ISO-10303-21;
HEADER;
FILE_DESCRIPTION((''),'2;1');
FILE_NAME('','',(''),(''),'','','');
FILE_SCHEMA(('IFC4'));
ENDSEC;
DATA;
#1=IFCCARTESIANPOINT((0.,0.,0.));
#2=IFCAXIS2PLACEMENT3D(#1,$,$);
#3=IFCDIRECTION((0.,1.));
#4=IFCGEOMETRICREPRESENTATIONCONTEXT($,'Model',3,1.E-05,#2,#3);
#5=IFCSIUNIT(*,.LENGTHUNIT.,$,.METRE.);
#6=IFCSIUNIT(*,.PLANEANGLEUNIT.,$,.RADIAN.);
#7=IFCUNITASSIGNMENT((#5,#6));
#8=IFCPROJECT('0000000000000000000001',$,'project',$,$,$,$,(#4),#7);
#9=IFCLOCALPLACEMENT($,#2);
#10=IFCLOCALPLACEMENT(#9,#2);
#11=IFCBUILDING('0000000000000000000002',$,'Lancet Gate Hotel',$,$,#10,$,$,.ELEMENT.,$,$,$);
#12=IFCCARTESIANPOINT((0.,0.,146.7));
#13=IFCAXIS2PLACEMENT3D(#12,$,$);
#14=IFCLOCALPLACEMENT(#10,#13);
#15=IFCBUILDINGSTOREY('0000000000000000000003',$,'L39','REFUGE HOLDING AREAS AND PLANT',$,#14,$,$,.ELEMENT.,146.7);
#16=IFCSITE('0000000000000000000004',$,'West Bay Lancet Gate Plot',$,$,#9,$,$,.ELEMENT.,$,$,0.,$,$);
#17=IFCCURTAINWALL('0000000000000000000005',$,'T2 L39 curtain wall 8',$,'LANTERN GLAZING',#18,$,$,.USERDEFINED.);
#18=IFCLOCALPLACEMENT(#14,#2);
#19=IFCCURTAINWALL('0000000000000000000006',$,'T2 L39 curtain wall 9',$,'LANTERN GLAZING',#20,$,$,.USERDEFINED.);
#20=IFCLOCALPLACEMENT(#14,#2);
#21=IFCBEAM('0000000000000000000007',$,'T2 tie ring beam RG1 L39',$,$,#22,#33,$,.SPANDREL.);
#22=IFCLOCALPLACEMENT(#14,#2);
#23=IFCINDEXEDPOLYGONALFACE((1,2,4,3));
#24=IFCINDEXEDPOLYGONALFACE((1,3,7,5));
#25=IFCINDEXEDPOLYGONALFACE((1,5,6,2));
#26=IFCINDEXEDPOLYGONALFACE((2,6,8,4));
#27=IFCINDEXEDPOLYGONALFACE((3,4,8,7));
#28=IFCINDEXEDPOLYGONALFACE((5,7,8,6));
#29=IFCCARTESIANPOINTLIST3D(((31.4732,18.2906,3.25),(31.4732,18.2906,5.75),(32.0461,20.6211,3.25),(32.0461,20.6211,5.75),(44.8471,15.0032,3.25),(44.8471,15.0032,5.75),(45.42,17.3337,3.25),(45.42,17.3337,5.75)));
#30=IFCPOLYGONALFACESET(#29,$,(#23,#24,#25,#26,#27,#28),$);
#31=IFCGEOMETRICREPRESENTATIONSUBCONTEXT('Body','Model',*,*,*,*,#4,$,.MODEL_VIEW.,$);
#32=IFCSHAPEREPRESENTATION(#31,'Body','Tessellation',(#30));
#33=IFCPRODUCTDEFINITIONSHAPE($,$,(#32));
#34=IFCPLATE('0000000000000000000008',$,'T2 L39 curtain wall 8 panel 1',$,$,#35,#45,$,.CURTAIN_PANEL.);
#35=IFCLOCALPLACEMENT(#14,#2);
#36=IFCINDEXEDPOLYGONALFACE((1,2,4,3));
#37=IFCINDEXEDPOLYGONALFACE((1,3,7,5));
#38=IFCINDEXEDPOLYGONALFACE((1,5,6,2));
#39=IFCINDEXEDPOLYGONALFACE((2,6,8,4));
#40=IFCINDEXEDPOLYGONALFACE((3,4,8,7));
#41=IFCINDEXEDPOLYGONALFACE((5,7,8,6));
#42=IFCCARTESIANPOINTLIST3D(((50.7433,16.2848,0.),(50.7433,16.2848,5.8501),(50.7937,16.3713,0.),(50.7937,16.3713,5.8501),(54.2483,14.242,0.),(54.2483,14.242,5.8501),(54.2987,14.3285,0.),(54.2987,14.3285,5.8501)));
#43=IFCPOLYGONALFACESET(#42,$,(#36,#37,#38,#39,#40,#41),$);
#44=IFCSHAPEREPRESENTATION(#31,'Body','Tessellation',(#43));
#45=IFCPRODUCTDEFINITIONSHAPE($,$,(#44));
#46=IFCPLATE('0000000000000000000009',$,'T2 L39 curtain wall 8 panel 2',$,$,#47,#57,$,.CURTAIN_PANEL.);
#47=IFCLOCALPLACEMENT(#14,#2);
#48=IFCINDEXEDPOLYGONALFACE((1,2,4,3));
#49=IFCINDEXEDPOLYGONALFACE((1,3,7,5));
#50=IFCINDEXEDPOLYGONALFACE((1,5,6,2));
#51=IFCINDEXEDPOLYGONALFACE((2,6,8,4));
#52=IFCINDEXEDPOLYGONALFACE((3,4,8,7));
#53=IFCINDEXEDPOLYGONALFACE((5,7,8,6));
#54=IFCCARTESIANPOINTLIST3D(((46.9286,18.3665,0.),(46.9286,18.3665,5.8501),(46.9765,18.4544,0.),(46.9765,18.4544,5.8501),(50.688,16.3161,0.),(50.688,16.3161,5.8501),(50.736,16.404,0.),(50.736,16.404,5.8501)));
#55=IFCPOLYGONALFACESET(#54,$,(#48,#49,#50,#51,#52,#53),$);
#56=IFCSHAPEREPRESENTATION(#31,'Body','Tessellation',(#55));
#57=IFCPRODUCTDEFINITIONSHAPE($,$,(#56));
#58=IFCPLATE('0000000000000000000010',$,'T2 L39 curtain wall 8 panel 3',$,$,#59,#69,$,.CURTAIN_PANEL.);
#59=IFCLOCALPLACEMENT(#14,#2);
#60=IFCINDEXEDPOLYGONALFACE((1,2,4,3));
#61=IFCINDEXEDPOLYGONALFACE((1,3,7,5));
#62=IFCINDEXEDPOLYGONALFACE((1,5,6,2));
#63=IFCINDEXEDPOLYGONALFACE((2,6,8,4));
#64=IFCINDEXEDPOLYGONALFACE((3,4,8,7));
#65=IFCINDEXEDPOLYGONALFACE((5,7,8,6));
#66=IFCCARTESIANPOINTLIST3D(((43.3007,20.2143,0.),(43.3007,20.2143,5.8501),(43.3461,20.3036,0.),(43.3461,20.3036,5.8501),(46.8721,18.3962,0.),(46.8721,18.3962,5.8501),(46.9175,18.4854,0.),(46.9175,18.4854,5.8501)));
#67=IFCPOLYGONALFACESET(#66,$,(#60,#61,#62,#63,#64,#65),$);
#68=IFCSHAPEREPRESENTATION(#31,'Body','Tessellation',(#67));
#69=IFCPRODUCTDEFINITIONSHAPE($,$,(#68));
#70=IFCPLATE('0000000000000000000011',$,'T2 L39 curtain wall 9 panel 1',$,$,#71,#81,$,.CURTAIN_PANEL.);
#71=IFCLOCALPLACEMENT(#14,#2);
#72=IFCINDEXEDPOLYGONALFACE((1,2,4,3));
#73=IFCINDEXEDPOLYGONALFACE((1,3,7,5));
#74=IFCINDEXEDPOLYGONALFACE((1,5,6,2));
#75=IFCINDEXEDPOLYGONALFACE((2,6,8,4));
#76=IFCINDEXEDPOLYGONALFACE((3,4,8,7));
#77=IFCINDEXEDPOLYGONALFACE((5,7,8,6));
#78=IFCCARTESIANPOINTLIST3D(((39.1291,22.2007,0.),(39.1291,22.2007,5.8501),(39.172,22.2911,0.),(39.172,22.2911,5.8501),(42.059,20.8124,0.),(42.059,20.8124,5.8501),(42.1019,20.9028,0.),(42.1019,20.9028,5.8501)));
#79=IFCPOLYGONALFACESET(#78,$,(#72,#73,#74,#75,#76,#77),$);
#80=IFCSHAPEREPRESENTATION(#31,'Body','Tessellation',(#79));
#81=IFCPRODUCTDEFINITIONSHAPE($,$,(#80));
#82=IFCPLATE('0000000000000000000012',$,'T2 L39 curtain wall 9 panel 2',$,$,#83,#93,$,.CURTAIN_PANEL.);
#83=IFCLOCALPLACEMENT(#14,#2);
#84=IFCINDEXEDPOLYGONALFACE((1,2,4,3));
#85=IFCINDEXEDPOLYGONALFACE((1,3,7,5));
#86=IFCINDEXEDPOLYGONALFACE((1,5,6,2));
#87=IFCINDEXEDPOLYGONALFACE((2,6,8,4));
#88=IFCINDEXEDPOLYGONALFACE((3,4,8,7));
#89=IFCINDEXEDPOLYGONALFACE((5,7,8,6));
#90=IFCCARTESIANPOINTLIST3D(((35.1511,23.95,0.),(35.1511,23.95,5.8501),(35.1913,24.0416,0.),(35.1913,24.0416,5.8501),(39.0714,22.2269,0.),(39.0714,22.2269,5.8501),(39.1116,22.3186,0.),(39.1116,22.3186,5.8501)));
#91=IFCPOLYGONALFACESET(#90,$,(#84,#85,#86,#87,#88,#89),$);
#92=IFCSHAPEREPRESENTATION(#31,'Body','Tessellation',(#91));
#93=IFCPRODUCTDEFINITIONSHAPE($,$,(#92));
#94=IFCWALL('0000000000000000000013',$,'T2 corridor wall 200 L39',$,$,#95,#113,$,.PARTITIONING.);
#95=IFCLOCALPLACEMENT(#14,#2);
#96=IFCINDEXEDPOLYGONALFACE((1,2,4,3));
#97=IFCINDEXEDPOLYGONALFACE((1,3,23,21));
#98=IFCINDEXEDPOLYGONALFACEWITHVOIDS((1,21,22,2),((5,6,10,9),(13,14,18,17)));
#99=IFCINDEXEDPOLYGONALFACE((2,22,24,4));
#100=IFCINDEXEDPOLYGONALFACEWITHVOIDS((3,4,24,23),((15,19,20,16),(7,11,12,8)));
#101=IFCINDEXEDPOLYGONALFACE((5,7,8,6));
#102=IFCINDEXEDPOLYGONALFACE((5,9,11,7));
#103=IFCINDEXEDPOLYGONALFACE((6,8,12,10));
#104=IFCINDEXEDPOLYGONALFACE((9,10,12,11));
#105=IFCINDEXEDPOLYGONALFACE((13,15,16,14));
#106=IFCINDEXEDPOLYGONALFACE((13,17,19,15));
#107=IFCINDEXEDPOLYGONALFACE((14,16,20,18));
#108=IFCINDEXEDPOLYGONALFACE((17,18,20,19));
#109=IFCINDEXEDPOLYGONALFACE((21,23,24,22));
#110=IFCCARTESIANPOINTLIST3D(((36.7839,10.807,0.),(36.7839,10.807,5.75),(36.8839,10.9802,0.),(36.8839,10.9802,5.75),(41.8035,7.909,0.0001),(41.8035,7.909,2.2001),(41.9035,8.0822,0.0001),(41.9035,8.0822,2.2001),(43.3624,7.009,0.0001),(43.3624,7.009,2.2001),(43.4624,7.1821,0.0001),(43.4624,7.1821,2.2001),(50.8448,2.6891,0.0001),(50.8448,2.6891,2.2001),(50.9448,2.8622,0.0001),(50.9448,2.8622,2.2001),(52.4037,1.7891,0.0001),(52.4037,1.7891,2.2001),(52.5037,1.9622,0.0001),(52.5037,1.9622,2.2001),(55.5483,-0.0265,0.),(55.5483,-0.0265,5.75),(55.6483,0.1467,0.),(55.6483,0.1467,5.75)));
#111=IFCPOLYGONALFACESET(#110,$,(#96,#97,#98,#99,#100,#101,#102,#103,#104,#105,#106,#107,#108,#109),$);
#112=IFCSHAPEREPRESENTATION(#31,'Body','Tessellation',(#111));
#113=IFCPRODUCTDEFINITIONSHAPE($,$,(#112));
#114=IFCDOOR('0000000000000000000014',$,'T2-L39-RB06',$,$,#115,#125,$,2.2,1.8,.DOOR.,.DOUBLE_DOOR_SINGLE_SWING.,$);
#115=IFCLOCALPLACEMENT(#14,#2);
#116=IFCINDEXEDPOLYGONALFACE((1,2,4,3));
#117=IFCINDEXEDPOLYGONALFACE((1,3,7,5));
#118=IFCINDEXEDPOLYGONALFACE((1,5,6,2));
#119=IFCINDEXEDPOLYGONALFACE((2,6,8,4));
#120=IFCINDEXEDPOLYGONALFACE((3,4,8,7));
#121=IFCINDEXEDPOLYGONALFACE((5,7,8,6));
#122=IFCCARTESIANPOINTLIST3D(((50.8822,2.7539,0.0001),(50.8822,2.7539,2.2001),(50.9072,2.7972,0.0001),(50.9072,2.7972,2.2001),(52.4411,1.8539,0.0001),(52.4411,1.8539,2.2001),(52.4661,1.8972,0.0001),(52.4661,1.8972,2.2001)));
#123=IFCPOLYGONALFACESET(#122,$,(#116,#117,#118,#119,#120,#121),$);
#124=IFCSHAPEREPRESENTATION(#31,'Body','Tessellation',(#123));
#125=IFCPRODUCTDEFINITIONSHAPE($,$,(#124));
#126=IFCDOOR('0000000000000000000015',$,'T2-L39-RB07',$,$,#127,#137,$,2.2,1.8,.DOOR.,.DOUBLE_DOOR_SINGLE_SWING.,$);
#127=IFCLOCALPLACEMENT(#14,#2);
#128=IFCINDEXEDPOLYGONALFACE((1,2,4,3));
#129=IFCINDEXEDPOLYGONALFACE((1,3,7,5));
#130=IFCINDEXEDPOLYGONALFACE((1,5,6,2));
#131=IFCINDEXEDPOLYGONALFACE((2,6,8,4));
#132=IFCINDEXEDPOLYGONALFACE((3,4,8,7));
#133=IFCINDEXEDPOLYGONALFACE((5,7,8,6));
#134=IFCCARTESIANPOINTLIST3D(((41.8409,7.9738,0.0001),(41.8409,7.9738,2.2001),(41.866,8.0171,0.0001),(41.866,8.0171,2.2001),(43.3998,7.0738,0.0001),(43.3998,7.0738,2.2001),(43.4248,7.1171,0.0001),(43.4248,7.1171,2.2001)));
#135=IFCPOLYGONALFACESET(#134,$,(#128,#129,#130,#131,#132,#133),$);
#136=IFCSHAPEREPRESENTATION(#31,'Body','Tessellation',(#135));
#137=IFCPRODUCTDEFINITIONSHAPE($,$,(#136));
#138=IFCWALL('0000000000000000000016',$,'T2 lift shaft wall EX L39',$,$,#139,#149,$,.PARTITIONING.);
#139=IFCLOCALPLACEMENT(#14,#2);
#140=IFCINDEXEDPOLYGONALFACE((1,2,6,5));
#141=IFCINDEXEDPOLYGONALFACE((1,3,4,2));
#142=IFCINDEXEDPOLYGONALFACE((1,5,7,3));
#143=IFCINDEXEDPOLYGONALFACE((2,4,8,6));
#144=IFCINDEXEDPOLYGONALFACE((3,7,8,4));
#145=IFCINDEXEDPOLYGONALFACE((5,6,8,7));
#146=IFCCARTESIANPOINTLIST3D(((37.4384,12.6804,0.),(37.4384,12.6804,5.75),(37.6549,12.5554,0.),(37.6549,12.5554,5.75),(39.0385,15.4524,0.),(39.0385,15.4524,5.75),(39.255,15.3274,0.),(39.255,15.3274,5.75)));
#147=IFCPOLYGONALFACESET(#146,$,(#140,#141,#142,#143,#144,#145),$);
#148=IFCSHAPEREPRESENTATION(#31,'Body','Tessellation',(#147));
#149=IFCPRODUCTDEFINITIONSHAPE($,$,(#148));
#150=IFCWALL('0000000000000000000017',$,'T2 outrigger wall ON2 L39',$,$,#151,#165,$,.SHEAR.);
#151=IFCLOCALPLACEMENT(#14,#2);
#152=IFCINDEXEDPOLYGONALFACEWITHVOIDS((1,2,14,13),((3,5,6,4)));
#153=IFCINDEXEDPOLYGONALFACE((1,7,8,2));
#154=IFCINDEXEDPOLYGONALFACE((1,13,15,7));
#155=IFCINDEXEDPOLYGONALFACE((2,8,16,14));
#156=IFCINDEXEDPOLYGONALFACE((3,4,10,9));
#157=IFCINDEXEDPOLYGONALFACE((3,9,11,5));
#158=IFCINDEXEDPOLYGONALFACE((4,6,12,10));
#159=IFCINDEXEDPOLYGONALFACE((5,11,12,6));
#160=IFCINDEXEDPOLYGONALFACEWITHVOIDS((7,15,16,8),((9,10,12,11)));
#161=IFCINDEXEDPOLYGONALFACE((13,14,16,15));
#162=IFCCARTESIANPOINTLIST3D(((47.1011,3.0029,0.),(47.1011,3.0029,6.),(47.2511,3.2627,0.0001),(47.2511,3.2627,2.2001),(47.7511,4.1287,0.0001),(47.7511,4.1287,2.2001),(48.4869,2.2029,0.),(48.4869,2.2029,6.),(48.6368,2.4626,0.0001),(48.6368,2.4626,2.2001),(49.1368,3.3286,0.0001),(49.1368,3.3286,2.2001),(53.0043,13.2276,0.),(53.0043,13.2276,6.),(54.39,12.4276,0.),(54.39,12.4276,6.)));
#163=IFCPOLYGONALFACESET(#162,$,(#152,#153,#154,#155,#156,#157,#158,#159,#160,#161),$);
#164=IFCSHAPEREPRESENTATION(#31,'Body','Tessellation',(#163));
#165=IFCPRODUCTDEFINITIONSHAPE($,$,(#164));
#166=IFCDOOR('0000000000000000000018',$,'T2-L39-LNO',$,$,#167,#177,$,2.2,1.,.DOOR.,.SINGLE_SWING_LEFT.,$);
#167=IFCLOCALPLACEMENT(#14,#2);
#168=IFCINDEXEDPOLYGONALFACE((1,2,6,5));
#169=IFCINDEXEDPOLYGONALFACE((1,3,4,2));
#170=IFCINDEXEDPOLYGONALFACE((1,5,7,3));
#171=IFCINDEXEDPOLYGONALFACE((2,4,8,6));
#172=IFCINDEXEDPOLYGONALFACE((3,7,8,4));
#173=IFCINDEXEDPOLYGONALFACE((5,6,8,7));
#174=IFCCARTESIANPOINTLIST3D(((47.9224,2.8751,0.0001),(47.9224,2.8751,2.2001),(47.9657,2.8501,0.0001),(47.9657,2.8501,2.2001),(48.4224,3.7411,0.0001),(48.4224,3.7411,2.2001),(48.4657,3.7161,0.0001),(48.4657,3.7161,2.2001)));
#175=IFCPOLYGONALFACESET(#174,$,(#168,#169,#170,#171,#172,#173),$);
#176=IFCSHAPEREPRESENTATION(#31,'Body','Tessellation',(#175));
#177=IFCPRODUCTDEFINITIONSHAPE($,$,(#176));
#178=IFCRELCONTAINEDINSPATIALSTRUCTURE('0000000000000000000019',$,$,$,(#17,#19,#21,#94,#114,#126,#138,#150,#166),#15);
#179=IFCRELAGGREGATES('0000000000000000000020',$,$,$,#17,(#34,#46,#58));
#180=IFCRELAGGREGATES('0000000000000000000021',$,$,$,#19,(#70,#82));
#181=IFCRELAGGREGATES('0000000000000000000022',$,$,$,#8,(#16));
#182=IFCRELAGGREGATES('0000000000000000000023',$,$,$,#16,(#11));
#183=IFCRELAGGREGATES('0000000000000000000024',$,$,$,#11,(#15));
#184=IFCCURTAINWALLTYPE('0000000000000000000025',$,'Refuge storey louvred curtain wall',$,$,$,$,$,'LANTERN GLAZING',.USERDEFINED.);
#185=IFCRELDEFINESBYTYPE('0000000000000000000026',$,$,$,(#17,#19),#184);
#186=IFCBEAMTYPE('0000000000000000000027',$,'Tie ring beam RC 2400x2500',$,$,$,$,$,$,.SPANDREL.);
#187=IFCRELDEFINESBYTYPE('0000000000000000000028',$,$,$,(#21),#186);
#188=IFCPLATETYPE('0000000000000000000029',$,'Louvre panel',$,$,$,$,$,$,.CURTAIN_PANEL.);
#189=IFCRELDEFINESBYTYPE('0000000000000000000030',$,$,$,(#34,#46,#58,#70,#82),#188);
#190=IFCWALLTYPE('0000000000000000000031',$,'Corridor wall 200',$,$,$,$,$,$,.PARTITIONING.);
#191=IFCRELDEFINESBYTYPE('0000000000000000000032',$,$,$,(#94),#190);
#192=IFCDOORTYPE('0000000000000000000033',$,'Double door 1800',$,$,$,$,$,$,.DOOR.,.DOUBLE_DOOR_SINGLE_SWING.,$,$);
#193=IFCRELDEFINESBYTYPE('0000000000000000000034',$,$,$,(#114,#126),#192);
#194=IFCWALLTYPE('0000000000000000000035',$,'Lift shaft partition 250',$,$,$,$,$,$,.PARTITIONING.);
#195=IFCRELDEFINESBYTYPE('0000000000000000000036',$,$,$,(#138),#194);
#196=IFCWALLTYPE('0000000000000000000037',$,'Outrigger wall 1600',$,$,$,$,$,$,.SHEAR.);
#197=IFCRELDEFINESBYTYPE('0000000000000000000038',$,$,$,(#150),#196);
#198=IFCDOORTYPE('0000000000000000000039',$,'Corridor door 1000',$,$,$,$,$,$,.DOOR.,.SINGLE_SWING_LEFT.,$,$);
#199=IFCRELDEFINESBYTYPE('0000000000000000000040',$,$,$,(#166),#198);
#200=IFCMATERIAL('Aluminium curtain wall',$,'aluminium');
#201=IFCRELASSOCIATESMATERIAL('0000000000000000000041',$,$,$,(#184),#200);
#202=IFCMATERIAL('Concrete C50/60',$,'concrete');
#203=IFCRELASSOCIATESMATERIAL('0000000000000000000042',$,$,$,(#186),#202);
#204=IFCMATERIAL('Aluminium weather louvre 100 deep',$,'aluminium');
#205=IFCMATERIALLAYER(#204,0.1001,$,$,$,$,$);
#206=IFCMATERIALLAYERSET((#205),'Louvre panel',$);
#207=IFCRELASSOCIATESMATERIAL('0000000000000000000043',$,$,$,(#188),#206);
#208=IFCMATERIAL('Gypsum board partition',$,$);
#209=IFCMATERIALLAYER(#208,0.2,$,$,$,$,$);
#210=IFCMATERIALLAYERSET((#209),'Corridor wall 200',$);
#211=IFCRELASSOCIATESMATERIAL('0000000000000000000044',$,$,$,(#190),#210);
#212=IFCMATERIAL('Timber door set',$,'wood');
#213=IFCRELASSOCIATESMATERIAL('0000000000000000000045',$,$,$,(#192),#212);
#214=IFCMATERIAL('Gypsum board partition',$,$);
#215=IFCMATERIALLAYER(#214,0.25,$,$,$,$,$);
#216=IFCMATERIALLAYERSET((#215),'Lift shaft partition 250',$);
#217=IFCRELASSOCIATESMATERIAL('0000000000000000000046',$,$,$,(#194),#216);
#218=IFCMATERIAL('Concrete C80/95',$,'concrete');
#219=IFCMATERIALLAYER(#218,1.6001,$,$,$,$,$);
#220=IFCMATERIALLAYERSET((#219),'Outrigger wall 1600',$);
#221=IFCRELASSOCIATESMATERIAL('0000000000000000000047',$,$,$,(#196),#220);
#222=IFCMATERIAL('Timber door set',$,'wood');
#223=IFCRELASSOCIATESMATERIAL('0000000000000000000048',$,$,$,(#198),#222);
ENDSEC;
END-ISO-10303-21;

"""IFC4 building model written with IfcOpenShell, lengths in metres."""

from ifc_helpers import new_model, si_unit, direction, frame, frame_2d, origin, origin_2d, place, context, subcontext, project, spatial, rectangle, extrude, material, layer, layer_set, material_profile, profile_set, type_object, element, fill, aggregate, save


model = new_model("IFC4")

# Units and contexts
model_context = context("Model", 3, precision=1e-05, world=origin(), true_north=direction((0.0, 1.0)))
body_context = subcontext(model_context, "Body", "Model", "MODEL_VIEW")
ifc_project = project(units=[si_unit("LENGTHUNIT", "METRE"), si_unit("PLANEANGLEUNIT", "RADIAN")], contexts=[model_context])

# Site, building, storey
site_placement = place(None, origin())
site = spatial("IfcSite", under=ifc_project, at=site_placement, Name="West Bay Lancet Gate Plot", CompositionType="ELEMENT", RefElevation=0.0)
building_placement = place(site_placement, origin())
building = spatial("IfcBuilding", under=site, at=building_placement, Name="Lancet Gate Hotel", CompositionType="ELEMENT")
storey_placement = place(building_placement, frame((0.0, 0.0, 146.7)))
storey = spatial("IfcBuildingStorey", under=building, at=storey_placement, Name="L39", Description="REFUGE HOLDING AREAS AND PLANT", CompositionType="ELEMENT", Elevation=146.7)

# Curtain walls
ifc_material_1 = material(Name="Aluminium curtain wall", Category="aluminium")
curtain_wall_type = type_object("IfcCurtainWallType", Name="Refuge storey louvred curtain wall", ElementType="LANTERN GLAZING", PredefinedType="USERDEFINED", material=ifc_material_1)
curtain_wall_1_placement = place(storey_placement, origin())
curtain_wall_1 = element("IfcCurtainWall", 1, at=curtain_wall_1_placement, inside=storey, type_object=curtain_wall_type, Name="T2 L39 curtain wall 8", ObjectType="LANTERN GLAZING", PredefinedType="USERDEFINED")
curtain_wall_2_placement = place(storey_placement, origin())
curtain_wall_2 = element("IfcCurtainWall", 2, at=curtain_wall_2_placement, inside=storey, type_object=curtain_wall_type, Name="T2 L39 curtain wall 9", ObjectType="LANTERN GLAZING", PredefinedType="USERDEFINED")

# Beam
ifc_material_2 = material(Name="Concrete C50/60", Category="concrete")
ifc_material_profile_1 = material_profile(ifc_material_2, rectangle(XDim=2.3999, YDim=2.5, at=origin_2d()), Name="RC 2400x2500")
ifc_profile_set_1 = profile_set([ifc_material_profile_1], Name="Concrete C50/60")
beam_type_1 = type_object("IfcBeamType", Name="Tie ring beam RC 2400x2500", PredefinedType="SPANDREL", material=ifc_profile_set_1)
beam_1_placement = place(storey_placement, frame((45.1335, 16.1685, 4.5), z_axis=(-0.971093, 0.2387, 0.0), x_axis=(-0.2387, -0.971093, 0.0)))
element("IfcBeam", 3, at=beam_1_placement, inside=storey, type_object=beam_type_1, Name="T2 tie ring beam RG1 L39", PredefinedType="SPANDREL", context=body_context, shape_type="SweptSolid", body=[
    extrude(rectangle(XDim=2.3999, YDim=2.5, at=origin_2d()), origin(), (0.0, 0.0, 1.0), 13.772),
])

# Plates
ifc_material_3 = material(Name="Aluminium weather louvre 100 deep", Category="aluminium")
ifc_layer_1 = layer(ifc_material_3, 0.1001)
ifc_layer_set_1 = layer_set([ifc_layer_1], Name="Louvre panel")
plate_type = type_object("IfcPlateType", Name="Louvre panel", PredefinedType="CURTAIN_PANEL", material=ifc_layer_set_1)
plate_1_placement = place(storey_placement, frame((52.521, 15.3066, 0.0), z_axis=(0.0, 0.0, 1.0), x_axis=(-0.863966, 0.503551, 0.0)))
plate_1 = element("IfcPlate", 4, at=plate_1_placement, type_object=plate_type, Name="T2 L39 curtain wall 8 panel 1", PredefinedType="CURTAIN_PANEL", context=body_context, shape_type="SweptSolid", body=[
    extrude(rectangle(XDim=4.0569, YDim=0.1001, at=origin_2d()), origin(), (0.0, 0.0, 1.0), 5.8501),
])
plate_2_placement = place(storey_placement, frame((48.8323, 17.3853, 0.0), z_axis=(0.0, 0.0, 1.0), x_axis=(-0.877916, 0.478814, 0.0)))
plate_2 = element("IfcPlate", 5, at=plate_2_placement, type_object=plate_type, Name="T2 L39 curtain wall 8 panel 2", PredefinedType="CURTAIN_PANEL", context=body_context, shape_type="SweptSolid", body=[
    extrude(rectangle(XDim=4.2822, YDim=0.1001, at=origin_2d()), origin(), (0.0, 0.0, 1.0), 5.8501),
])
plate_3_placement = place(storey_placement, frame((45.1091, 19.3499, 0.0), z_axis=(0.0, 0.0, 1.0), x_axis=(-0.891159, 0.45369, 0.0)))
plate_3 = element("IfcPlate", 6, at=plate_3_placement, type_object=plate_type, Name="T2 L39 curtain wall 8 panel 3", PredefinedType="CURTAIN_PANEL", context=body_context, shape_type="SweptSolid", body=[
    extrude(rectangle(XDim=4.0076, YDim=0.1001, at=origin_2d()), origin(), (0.0, 0.0, 1.0), 5.8501),
])
aggregate(curtain_wall_1, [plate_1, plate_2, plate_3])
plate_4_placement = place(storey_placement, frame((40.6155, 21.5518, 0.0), z_axis=(0.0, 0.0, 1.0), x_axis=(-0.903683, 0.428201, 0.0)))
plate_4 = element("IfcPlate", 7, at=plate_4_placement, type_object=plate_type, Name="T2 L39 curtain wall 9 panel 1", PredefinedType="CURTAIN_PANEL", context=body_context, shape_type="SweptSolid", body=[
    extrude(rectangle(XDim=3.2422, YDim=0.1001, at=origin_2d()), origin(), (0.0, 0.0, 1.0), 5.8501),
])
plate_5_placement = place(storey_placement, frame((37.1313, 23.1343, 0.0), z_axis=(0.0, 0.0, 1.0), x_axis=(-0.915479, 0.402367, 0.0)))
plate_5 = element("IfcPlate", 8, at=plate_5_placement, type_object=plate_type, Name="T2 L39 curtain wall 9 panel 2", PredefinedType="CURTAIN_PANEL", context=body_context, shape_type="SweptSolid", body=[
    extrude(rectangle(XDim=4.2822, YDim=0.1001, at=origin_2d()), origin(), (0.0, 0.0, 1.0), 5.8501),
])
aggregate(curtain_wall_2, [plate_4, plate_5])

# Wall, openings, doors
ifc_material_4 = material(Name="Gypsum board partition")
ifc_layer_2 = layer(ifc_material_4, 0.2)
ifc_layer_set_2 = layer_set([ifc_layer_2], Name="Corridor wall 200")
wall_type_1 = type_object("IfcWallType", Name="Corridor wall 200", PredefinedType="PARTITIONING", material=ifc_layer_set_2)
wall_1_placement = place(storey_placement, frame((36.834, 10.8936, 0.0), z_axis=(0.0, 0.0, 1.0), x_axis=(0.866028, -0.499995, 0.0)))
wall_1 = element("IfcWall", 9, at=wall_1_placement, inside=storey, type_object=wall_type_1, Name="T2 corridor wall 200 L39", PredefinedType="PARTITIONING", context=body_context, shape_type="SweptSolid", body=[
    extrude(rectangle(XDim=21.6672, YDim=0.2, at=frame_2d((10.8335, 0.0))), origin(), (0.0, 0.0, 1.0), 5.75),
])
opening_1_placement = place(wall_1_placement, frame((16.2361, 0.0, 0.0)))
opening_1 = element("IfcOpeningElement", 10, at=opening_1_placement, cuts=wall_1, PredefinedType="OPENING", context=body_context, shape_type="SweptSolid", body=[
    extrude(rectangle(XDim=1.8, YDim=2.2, at=frame_2d((0.8999, 1.1001))), frame((0.0, 0.1099, 0.0), z_axis=(0.0, -1.0, 0.0), x_axis=(1.0, 0.0, 0.0)), (0.0, 0.0, 1.0), 0.22),
])
opening_2_placement = place(wall_1_placement, frame((5.7961, 0.0, 0.0)))
opening_2 = element("IfcOpeningElement", 11, at=opening_2_placement, cuts=wall_1, PredefinedType="OPENING", context=body_context, shape_type="SweptSolid", body=[
    extrude(rectangle(XDim=1.8, YDim=2.2, at=frame_2d((0.8999, 1.1001))), frame((0.0, 0.1099, 0.0), z_axis=(0.0, -1.0, 0.0), x_axis=(1.0, 0.0, 0.0)), (0.0, 0.0, 1.0), 0.22),
])
ifc_material_5 = material(Name="Timber door set", Category="wood")
door_type_1 = type_object("IfcDoorType", Name="Double door 1800", OperationType="DOUBLE_DOOR_SINGLE_SWING", PredefinedType="DOOR", material=ifc_material_5)
door_1_placement = place(opening_1_placement, origin())
door_1 = element("IfcDoor", 12, at=door_1_placement, inside=storey, type_object=door_type_1, Name="T2-L39-RB06", OperationType="DOUBLE_DOOR_SINGLE_SWING", OverallHeight=2.2, OverallWidth=1.8, PredefinedType="DOOR", context=body_context, shape_type="SweptSolid", body=[
    extrude(rectangle(XDim=1.8, YDim=2.2, at=frame_2d((0.8999, 1.1001))), frame((0.0, 0.0249, 0.0), z_axis=(0.0, -1.0, 0.0), x_axis=(1.0, 0.0, 0.0)), (0.0, 0.0, 1.0), 0.05),
])
fill(opening_1, door_1)
door_2_placement = place(opening_2_placement, origin())
door_2 = element("IfcDoor", 13, at=door_2_placement, inside=storey, type_object=door_type_1, Name="T2-L39-RB07", OperationType="DOUBLE_DOOR_SINGLE_SWING", OverallHeight=2.2, OverallWidth=1.8, PredefinedType="DOOR", context=body_context, shape_type="SweptSolid", body=[
    extrude(rectangle(XDim=1.8, YDim=2.2, at=frame_2d((0.8999, 1.1001))), frame((0.0, 0.0249, 0.0), z_axis=(0.0, -1.0, 0.0), x_axis=(1.0, 0.0, 0.0)), (0.0, 0.0, 1.0), 0.05),
])
fill(opening_2, door_2)

# Wall
ifc_material_6 = material(Name="Gypsum board partition")
ifc_layer_3 = layer(ifc_material_6, 0.25)
ifc_layer_set_3 = layer_set([ifc_layer_3], Name="Lift shaft partition 250")
wall_type_2 = type_object("IfcWallType", Name="Lift shaft partition 250", PredefinedType="PARTITIONING", material=ifc_layer_set_3)
wall_2_placement = place(storey_placement, frame((37.5466, 12.6179, 0.0), z_axis=(0.0, 0.0, 1.0), x_axis=(0.499929, 0.866066, 0.0)))
element("IfcWall", 14, at=wall_2_placement, inside=storey, type_object=wall_type_2, Name="T2 lift shaft wall EX L39", PredefinedType="PARTITIONING", context=body_context, shape_type="SweptSolid", body=[
    extrude(rectangle(XDim=3.2007, YDim=0.25, at=frame_2d((1.6003, 0.0))), origin(), (0.0, 0.0, 1.0), 5.75),
])

# Wall, opening, door
ifc_material_7 = material(Name="Concrete C80/95", Category="concrete")
ifc_layer_4 = layer(ifc_material_7, 1.6001)
ifc_layer_set_4 = layer_set([ifc_layer_4], Name="Outrigger wall 1600")
wall_type_3 = type_object("IfcWallType", Name="Outrigger wall 1600", PredefinedType="SHEAR", material=ifc_layer_set_4)
wall_3_placement = place(storey_placement, frame((47.7939, 2.6028, 0.0), z_axis=(0.0, 0.0, 1.0), x_axis=(0.499993, 0.866029, 0.0)))
wall_3 = element("IfcWall", 15, at=wall_3_placement, inside=storey, type_object=wall_type_3, Name="T2 outrigger wall ON2 L39", PredefinedType="SHEAR", context=body_context, shape_type="SweptSolid", body=[
    extrude(rectangle(XDim=11.8064, YDim=1.6001, at=frame_2d((5.9033, 0.0))), origin(), (0.0, 0.0, 1.0), 6.0),
])
opening_3_placement = place(wall_3_placement, frame((0.3, 0.0, 0.0)))
opening_3 = element("IfcOpeningElement", 16, at=opening_3_placement, cuts=wall_3, PredefinedType="OPENING", context=body_context, shape_type="SweptSolid", body=[
    extrude(rectangle(XDim=1.0, YDim=2.2, at=frame_2d((0.5, 1.1001))), frame((0.0, 0.8101, 0.0), z_axis=(0.0, -1.0, 0.0), x_axis=(1.0, 0.0, 0.0)), (0.0, 0.0, 1.0), 1.6201),
])
ifc_material_8 = material(Name="Timber door set", Category="wood")
door_type_2 = type_object("IfcDoorType", Name="Corridor door 1000", OperationType="SINGLE_SWING_LEFT", PredefinedType="DOOR", material=ifc_material_8)
door_3_placement = place(opening_3_placement, origin())
door_3 = element("IfcDoor", 17, at=door_3_placement, inside=storey, type_object=door_type_2, Name="T2-L39-LNO", OperationType="SINGLE_SWING_LEFT", OverallHeight=2.2, OverallWidth=1.0, PredefinedType="DOOR", context=body_context, shape_type="SweptSolid", body=[
    extrude(rectangle(XDim=1.0, YDim=2.2, at=frame_2d((0.5, 1.1001))), frame((0.0, 0.0249, 0.0), z_axis=(0.0, -1.0, 0.0), x_axis=(1.0, 0.0, 0.0)), (0.0, 0.0, 1.0), 0.05),
])
fill(opening_3, door_3)

save(model, "model.ifc")
